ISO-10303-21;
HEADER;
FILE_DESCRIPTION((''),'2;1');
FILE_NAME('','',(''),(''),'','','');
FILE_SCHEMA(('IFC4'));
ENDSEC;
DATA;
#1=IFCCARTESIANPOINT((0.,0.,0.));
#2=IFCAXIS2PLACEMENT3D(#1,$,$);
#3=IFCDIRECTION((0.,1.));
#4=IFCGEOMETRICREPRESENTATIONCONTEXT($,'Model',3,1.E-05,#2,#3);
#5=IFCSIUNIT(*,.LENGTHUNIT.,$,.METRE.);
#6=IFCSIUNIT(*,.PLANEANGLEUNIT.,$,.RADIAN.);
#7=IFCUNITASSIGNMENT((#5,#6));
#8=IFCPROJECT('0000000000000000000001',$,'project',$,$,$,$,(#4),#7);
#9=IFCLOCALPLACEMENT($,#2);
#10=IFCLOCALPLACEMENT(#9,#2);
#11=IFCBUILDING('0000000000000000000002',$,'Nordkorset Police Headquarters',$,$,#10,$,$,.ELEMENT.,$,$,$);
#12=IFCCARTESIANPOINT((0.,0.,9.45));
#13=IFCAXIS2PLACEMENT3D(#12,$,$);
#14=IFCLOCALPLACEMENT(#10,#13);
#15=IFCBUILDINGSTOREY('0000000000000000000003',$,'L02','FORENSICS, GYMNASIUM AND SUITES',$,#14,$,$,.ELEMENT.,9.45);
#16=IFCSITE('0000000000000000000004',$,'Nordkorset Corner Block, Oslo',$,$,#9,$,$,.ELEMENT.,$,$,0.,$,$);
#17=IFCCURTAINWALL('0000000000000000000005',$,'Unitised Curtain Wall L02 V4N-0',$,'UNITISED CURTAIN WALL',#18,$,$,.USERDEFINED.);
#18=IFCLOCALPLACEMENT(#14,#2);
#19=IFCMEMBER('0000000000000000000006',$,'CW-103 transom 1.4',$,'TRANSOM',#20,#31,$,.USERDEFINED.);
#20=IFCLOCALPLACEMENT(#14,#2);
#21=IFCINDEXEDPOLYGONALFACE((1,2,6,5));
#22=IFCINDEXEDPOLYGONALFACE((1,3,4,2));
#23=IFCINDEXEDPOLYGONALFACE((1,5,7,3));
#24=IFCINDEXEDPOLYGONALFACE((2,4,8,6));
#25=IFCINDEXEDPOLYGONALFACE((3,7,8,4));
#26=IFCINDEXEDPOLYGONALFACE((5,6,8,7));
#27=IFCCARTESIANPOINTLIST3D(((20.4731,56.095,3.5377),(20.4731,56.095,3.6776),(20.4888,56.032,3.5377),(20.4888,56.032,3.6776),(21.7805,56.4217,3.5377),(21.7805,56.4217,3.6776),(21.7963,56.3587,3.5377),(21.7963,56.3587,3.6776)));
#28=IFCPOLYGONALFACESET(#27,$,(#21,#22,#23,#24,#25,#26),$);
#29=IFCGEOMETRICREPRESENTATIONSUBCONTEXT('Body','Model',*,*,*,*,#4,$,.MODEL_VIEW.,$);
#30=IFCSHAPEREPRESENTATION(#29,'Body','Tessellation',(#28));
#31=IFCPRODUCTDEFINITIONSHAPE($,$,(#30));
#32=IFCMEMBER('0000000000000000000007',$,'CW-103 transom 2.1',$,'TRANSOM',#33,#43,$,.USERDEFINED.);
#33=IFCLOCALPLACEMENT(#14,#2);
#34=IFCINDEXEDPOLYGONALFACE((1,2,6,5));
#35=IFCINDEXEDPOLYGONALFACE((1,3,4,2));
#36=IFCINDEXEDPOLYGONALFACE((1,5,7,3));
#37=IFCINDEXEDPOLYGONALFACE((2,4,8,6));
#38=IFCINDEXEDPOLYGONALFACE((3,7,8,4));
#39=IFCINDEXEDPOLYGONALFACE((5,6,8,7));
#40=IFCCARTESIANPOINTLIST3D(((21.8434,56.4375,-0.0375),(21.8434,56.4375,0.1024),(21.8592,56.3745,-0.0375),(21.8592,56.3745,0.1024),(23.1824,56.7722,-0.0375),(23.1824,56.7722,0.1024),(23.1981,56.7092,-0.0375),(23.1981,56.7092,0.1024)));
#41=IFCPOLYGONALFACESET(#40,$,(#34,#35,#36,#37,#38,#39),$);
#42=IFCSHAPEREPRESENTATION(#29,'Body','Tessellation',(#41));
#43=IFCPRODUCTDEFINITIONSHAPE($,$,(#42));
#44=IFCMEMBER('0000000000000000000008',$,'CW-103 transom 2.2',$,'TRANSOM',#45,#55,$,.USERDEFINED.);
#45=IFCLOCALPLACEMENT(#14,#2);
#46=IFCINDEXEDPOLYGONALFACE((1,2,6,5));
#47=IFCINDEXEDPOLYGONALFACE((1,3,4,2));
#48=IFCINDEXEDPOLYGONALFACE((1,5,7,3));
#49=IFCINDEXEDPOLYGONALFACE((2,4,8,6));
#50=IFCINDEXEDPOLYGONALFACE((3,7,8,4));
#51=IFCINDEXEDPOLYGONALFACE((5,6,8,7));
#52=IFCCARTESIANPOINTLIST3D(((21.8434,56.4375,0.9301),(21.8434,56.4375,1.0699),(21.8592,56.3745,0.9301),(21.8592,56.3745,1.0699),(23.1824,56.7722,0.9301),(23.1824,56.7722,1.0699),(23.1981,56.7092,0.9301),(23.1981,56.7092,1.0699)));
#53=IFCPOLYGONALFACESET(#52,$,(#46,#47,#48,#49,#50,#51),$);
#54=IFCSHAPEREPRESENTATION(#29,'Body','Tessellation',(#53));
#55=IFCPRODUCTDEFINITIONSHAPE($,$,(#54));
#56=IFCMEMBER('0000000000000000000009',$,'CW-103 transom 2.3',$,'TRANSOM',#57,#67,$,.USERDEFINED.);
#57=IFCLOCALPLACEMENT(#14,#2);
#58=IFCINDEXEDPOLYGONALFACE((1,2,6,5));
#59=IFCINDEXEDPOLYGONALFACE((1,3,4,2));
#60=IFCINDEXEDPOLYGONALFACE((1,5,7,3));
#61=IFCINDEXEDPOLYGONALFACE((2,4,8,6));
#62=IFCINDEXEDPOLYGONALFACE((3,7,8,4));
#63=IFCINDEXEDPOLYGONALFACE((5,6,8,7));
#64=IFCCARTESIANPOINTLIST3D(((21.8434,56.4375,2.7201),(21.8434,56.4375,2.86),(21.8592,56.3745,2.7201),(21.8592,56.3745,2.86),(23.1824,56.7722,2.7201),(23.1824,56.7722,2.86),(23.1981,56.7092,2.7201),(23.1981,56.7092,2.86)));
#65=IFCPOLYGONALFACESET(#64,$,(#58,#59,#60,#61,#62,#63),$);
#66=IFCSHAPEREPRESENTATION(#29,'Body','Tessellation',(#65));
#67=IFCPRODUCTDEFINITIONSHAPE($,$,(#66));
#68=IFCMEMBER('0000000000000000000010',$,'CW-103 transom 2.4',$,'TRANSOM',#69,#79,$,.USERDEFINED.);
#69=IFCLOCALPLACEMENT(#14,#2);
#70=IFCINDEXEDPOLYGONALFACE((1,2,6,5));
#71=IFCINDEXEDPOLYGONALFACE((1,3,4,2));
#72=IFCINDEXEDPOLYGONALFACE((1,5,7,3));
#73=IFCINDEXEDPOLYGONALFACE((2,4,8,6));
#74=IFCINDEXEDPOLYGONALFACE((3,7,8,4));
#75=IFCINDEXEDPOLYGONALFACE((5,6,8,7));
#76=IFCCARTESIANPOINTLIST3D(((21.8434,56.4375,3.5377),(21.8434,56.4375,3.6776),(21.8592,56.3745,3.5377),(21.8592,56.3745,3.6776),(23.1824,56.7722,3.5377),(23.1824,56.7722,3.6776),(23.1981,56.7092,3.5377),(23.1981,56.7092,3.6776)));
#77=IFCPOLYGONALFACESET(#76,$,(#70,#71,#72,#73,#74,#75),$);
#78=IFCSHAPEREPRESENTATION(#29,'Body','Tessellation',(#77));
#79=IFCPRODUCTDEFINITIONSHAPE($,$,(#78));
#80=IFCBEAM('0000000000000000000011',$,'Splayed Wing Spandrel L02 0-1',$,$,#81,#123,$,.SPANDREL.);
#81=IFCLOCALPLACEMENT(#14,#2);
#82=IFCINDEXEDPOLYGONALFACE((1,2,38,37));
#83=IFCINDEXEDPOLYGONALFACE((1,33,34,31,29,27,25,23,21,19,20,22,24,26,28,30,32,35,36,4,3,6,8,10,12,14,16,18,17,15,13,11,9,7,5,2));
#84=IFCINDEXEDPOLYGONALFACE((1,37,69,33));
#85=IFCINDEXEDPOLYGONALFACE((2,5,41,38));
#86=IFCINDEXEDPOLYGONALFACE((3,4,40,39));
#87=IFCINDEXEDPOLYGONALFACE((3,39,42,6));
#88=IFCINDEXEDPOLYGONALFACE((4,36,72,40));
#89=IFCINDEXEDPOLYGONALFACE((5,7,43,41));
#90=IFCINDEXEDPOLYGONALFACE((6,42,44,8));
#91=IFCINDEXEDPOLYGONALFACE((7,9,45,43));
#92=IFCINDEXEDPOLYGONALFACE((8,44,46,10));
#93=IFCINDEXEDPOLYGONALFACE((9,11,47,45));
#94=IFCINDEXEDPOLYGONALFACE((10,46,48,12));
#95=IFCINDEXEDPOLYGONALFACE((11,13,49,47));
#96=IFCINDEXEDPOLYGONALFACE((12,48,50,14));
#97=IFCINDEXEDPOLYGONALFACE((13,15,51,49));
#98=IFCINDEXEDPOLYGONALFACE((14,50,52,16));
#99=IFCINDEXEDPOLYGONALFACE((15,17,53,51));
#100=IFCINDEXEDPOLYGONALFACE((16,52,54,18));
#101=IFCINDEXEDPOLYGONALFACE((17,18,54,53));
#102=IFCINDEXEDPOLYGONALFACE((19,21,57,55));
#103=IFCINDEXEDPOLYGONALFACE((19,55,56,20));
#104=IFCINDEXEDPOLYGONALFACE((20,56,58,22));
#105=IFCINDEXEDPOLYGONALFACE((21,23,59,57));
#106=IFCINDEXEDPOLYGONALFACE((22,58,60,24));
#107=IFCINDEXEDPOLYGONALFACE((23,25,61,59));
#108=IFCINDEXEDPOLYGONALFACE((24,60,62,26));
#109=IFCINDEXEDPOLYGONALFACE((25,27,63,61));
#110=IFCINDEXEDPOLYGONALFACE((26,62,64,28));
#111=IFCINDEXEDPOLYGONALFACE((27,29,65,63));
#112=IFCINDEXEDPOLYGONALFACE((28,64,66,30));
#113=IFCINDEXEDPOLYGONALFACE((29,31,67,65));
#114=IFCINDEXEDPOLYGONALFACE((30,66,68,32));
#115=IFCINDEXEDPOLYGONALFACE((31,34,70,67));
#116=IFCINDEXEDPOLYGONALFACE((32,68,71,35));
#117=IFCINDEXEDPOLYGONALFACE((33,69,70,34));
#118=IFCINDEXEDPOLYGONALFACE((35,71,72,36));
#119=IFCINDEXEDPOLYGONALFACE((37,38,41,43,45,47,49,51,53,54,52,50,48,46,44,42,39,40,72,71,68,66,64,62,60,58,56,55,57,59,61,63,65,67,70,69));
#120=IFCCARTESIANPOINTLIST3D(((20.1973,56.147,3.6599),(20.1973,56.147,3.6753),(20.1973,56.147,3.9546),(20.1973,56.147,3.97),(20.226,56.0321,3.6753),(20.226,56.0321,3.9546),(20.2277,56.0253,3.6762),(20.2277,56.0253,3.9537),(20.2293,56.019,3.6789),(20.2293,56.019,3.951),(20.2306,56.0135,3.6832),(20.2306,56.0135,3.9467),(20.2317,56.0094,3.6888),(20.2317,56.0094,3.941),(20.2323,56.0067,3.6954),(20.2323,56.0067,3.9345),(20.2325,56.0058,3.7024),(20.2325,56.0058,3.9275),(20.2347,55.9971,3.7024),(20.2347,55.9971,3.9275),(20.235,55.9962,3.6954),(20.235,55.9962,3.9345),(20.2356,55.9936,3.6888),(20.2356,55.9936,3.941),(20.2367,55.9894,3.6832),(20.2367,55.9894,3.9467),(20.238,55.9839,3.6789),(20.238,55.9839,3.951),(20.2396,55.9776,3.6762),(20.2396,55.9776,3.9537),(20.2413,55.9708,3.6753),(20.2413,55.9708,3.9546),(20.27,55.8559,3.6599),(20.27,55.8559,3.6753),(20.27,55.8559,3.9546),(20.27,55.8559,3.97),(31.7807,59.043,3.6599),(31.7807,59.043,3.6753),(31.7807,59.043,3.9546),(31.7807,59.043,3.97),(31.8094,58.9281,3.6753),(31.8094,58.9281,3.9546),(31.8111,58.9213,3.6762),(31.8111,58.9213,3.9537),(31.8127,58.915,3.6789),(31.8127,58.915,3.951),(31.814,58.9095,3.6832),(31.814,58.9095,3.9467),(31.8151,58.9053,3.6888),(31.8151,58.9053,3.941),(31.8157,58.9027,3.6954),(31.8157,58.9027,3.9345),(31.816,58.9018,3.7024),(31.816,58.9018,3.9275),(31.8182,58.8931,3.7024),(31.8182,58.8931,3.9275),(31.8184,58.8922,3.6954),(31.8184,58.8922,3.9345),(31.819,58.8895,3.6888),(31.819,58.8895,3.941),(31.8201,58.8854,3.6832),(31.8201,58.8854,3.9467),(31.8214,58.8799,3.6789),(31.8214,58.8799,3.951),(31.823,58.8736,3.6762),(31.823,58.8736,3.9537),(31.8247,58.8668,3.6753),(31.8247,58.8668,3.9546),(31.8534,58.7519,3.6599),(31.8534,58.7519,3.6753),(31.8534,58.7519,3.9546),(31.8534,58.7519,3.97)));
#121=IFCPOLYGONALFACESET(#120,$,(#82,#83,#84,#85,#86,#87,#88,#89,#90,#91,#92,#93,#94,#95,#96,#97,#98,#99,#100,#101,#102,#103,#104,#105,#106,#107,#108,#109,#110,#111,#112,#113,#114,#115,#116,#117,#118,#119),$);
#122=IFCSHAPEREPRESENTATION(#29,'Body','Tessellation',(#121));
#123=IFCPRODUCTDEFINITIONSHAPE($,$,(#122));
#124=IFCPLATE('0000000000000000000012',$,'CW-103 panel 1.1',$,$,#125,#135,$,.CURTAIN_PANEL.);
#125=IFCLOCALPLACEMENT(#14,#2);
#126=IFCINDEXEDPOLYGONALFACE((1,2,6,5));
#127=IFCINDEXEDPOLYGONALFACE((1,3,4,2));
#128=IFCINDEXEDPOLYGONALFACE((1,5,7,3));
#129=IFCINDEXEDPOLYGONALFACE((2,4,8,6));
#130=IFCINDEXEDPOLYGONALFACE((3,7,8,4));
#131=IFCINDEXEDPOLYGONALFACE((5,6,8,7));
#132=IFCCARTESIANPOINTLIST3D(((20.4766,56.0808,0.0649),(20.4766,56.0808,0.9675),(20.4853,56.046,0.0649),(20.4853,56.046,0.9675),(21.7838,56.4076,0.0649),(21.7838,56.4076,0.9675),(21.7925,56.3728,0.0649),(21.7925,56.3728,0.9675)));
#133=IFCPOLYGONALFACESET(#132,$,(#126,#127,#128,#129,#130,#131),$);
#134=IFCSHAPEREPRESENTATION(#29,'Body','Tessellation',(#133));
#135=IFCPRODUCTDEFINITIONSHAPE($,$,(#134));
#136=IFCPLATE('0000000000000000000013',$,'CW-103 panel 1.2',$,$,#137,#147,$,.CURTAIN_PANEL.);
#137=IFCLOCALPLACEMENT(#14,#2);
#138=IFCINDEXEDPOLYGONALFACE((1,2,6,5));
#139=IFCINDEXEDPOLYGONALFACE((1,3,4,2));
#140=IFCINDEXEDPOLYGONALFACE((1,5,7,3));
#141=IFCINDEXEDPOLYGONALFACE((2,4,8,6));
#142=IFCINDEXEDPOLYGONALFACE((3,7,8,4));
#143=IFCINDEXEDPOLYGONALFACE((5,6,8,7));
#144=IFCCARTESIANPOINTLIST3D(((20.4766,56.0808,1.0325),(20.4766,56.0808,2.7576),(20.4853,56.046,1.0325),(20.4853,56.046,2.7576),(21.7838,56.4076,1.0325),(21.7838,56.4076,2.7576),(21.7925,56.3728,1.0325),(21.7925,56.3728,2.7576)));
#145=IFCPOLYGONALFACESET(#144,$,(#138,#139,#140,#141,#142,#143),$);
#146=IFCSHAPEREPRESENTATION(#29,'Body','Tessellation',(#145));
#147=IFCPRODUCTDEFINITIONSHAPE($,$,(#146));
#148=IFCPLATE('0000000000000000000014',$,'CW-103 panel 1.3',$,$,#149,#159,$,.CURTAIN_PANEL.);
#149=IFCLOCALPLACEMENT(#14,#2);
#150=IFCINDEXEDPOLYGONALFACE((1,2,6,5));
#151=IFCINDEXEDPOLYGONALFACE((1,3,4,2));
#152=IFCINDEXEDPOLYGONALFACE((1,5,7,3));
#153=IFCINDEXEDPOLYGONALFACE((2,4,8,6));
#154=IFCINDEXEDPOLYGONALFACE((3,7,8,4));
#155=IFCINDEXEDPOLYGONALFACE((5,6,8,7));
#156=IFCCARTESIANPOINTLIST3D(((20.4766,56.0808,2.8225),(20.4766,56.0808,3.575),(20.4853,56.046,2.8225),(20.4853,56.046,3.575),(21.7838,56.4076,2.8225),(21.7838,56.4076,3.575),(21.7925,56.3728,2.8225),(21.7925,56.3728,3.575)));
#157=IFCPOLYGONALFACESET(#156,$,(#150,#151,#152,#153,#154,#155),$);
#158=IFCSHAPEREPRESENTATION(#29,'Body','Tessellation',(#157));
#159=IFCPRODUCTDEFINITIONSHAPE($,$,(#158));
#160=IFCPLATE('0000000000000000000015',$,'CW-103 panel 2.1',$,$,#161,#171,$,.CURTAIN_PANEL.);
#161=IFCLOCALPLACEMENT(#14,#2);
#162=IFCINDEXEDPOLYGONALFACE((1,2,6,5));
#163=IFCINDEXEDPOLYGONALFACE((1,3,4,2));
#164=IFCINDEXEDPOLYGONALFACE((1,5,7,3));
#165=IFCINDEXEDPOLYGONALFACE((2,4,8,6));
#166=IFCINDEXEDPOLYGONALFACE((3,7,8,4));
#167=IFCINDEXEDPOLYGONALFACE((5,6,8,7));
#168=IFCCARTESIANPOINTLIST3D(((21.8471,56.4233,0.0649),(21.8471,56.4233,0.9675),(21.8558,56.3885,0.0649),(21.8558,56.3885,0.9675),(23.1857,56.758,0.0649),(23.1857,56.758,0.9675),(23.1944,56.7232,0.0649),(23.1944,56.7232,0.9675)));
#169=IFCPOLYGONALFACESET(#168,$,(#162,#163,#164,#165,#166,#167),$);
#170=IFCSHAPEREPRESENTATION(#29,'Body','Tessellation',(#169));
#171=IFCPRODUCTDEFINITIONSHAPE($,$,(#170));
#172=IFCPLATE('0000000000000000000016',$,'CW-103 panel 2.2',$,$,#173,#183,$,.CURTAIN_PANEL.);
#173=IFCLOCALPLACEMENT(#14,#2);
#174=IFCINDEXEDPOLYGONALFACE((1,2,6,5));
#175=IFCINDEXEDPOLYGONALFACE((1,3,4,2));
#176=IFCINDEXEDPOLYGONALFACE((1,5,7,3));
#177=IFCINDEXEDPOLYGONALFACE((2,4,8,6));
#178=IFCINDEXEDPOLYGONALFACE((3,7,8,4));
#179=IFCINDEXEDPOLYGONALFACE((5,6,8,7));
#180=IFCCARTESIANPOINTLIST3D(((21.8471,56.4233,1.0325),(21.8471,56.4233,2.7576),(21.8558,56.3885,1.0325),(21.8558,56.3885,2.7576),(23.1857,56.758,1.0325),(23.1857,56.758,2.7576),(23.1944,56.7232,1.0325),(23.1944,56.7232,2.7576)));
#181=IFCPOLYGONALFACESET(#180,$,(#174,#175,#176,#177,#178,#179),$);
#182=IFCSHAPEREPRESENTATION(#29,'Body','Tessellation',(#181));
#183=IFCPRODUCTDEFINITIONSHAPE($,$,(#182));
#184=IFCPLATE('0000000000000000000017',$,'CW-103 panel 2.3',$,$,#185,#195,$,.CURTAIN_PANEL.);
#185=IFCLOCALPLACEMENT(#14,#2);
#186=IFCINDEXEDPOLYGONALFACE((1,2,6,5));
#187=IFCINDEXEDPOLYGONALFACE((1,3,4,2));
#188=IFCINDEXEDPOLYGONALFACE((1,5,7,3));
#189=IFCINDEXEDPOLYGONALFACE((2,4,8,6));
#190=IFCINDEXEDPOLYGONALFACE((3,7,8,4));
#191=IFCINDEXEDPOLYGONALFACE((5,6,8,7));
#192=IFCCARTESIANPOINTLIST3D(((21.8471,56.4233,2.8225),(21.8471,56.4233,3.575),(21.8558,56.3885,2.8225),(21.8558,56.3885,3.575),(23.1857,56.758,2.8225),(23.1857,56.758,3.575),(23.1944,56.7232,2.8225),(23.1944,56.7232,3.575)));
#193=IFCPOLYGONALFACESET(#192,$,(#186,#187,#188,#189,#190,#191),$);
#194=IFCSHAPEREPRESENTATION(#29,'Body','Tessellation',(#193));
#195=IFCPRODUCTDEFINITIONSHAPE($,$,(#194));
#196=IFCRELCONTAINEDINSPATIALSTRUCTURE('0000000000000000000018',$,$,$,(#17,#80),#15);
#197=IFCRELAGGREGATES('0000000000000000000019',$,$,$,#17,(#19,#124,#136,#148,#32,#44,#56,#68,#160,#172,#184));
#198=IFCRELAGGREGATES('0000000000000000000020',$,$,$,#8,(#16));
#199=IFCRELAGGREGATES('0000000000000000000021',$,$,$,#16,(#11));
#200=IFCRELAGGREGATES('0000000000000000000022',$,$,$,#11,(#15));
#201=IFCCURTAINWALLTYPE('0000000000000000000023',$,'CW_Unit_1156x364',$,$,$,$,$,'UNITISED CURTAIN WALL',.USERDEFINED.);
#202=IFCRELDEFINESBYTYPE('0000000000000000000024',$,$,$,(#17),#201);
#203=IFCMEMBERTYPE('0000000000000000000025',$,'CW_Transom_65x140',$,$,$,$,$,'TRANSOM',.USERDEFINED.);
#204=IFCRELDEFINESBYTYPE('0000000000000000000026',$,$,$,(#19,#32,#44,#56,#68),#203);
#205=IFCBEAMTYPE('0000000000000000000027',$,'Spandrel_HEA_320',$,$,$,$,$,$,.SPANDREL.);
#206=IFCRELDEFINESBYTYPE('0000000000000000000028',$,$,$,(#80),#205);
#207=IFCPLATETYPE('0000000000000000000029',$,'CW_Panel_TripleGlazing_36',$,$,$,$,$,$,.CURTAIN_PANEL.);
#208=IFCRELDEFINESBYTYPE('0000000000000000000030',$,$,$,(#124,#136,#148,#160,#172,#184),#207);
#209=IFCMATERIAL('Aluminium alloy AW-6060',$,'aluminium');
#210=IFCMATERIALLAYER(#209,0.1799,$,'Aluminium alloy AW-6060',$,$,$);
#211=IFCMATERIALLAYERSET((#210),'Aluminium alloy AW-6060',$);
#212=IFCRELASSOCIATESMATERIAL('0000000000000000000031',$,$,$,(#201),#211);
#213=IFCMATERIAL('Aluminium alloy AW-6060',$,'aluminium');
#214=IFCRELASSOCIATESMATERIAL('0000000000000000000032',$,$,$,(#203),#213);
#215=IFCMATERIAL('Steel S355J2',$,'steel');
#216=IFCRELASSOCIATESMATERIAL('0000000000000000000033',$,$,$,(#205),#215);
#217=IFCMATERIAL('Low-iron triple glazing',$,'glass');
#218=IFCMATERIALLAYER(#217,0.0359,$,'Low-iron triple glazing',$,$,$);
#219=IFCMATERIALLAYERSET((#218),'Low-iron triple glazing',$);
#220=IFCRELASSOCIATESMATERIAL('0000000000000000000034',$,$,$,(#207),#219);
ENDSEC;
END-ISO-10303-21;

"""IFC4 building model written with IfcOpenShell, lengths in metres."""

from ifc_helpers import new_model, si_unit, direction, frame, origin, origin_2d, place, context, subcontext, project, spatial, rectangle, i_section, extrude, material, layer, layer_set, material_profile, profile_set, type_object, element, aggregate, save


model = new_model("IFC4")

# Units and contexts
model_context = context("Model", 3, precision=1e-05, world=origin(), true_north=direction((0.0, 1.0)))
body_context = subcontext(model_context, "Body", "Model", "MODEL_VIEW")
ifc_project = project(units=[si_unit("LENGTHUNIT", "METRE"), si_unit("PLANEANGLEUNIT", "RADIAN")], contexts=[model_context])

# Site, building, storey
site_placement = place(None, origin())
site = spatial("IfcSite", under=ifc_project, at=site_placement, Name="Nordkorset Corner Block, Oslo", CompositionType="ELEMENT", RefElevation=0.0)
building_placement = place(site_placement, origin())
building = spatial("IfcBuilding", under=site, at=building_placement, Name="Nordkorset Police Headquarters", CompositionType="ELEMENT")
storey_placement = place(building_placement, frame((0.0, 0.0, 9.45)))
storey = spatial("IfcBuildingStorey", under=building, at=storey_placement, Name="L02", Description="FORENSICS, GYMNASIUM AND SUITES", CompositionType="ELEMENT", Elevation=9.45)

# Curtain wall
ifc_material_1 = material(Name="Aluminium alloy AW-6060", Category="aluminium")
ifc_layer_1 = layer(ifc_material_1, 0.1799, Name="Aluminium alloy AW-6060")
ifc_layer_set_1 = layer_set([ifc_layer_1], Name="Aluminium alloy AW-6060")
curtain_wall_type_1 = type_object("IfcCurtainWallType", Name="CW_Unit_1156x364", ElementType="UNITISED CURTAIN WALL", PredefinedType="USERDEFINED", material=ifc_layer_set_1)
curtain_wall_1_placement = place(storey_placement, origin())
curtain_wall_1 = element("IfcCurtainWall", 1, at=curtain_wall_1_placement, inside=storey, type_object=curtain_wall_type_1, Name="Unitised Curtain Wall L02 V4N-0", ObjectType="UNITISED CURTAIN WALL", PredefinedType="USERDEFINED")

# Members
ifc_material_2 = material(Name="Aluminium alloy AW-6060", Category="aluminium")
ifc_material_profile_1 = material_profile(ifc_material_2, rectangle(XDim=0.0649, YDim=0.1399, at=origin_2d()), Name="ALU TRAN 65x140")
ifc_profile_set_1 = profile_set([ifc_material_profile_1], Name="Aluminium alloy AW-6060")
member_type_1 = type_object("IfcMemberType", Name="CW_Transom_65x140", ElementType="TRANSOM", PredefinedType="USERDEFINED", material=ifc_profile_set_1)
member_1_placement = place(storey_placement, frame((20.481, 56.0635, 3.6077), z_axis=(0.970174, 0.242408, 0.0), x_axis=(-0.242408, 0.970174, 0.0)))
member_1 = element("IfcMember", 2, at=member_1_placement, type_object=member_type_1, Name="CW-103 transom 1.4", ObjectType="TRANSOM", PredefinedType="USERDEFINED", context=body_context, shape_type="SweptSolid", body=[
    extrude(rectangle(XDim=0.0649, YDim=0.1399, at=origin_2d()), origin(), (0.0, 0.0, 1.0), 1.3477),
])
member_2_placement = place(storey_placement, frame((21.8513, 56.406, 0.0325), z_axis=(0.970143, 0.242536, 0.0), x_axis=(-0.242536, 0.970143, 0.0)))
member_2 = element("IfcMember", 3, at=member_2_placement, type_object=member_type_1, Name="CW-103 transom 2.1", ObjectType="TRANSOM", PredefinedType="USERDEFINED", context=body_context, shape_type="SweptSolid", body=[
    extrude(rectangle(XDim=0.0649, YDim=0.1399, at=origin_2d()), origin(), (0.0, 0.0, 1.0), 1.3801),
])
member_3_placement = place(storey_placement, frame((21.8513, 56.406, 1.0), z_axis=(0.970143, 0.242536, 0.0), x_axis=(-0.242536, 0.970143, 0.0)))
member_3 = element("IfcMember", 4, at=member_3_placement, type_object=member_type_1, Name="CW-103 transom 2.2", ObjectType="TRANSOM", PredefinedType="USERDEFINED", context=body_context, shape_type="SweptSolid", body=[
    extrude(rectangle(XDim=0.0649, YDim=0.1399, at=origin_2d()), origin(), (0.0, 0.0, 1.0), 1.3801),
])
member_4_placement = place(storey_placement, frame((21.8513, 56.406, 2.79), z_axis=(0.970143, 0.242536, 0.0), x_axis=(-0.242536, 0.970143, 0.0)))
member_4 = element("IfcMember", 5, at=member_4_placement, type_object=member_type_1, Name="CW-103 transom 2.3", ObjectType="TRANSOM", PredefinedType="USERDEFINED", context=body_context, shape_type="SweptSolid", body=[
    extrude(rectangle(XDim=0.0649, YDim=0.1399, at=origin_2d()), origin(), (0.0, 0.0, 1.0), 1.3801),
])
member_5_placement = place(storey_placement, frame((21.8513, 56.406, 3.6077), z_axis=(0.970143, 0.242536, 0.0), x_axis=(-0.242536, 0.970143, 0.0)))
member_5 = element("IfcMember", 6, at=member_5_placement, type_object=member_type_1, Name="CW-103 transom 2.4", ObjectType="TRANSOM", PredefinedType="USERDEFINED", context=body_context, shape_type="SweptSolid", body=[
    extrude(rectangle(XDim=0.0649, YDim=0.1399, at=origin_2d()), origin(), (0.0, 0.0, 1.0), 1.3801),
])

# Beam
ifc_material_3 = material(Name="Steel S355J2", Category="steel")
ifc_material_profile_2 = material_profile(ifc_material_3, i_section(OverallWidth=0.3, OverallDepth=0.3101, WebThickness=0.009, FlangeThickness=0.0154, FilletRadius=0.0271, at=origin_2d()), Name="HEA 320")
ifc_profile_set_2 = profile_set([ifc_material_profile_2], Name="Steel S355J2")
beam_type = type_object("IfcBeamType", Name="Spandrel_HEA_320", PredefinedType="SPANDREL", material=ifc_profile_set_2)
beam_placement = place(storey_placement, frame((20.2336, 56.0015, 3.8149), z_axis=(0.97014, 0.242545, 0.0), x_axis=(-0.242545, 0.97014, 0.0)))
element("IfcBeam", 7, at=beam_placement, inside=storey, type_object=beam_type, Name="Splayed Wing Spandrel L02 0-1", PredefinedType="SPANDREL", context=body_context, shape_type="SweptSolid", body=[
    extrude(i_section(OverallWidth=0.3, OverallDepth=0.3101, WebThickness=0.009, FlangeThickness=0.0154, FilletRadius=0.0271, at=origin_2d()), origin(), (0.0, 0.0, 1.0), 11.9399),
])

# Plates
ifc_material_4 = material(Name="Low-iron triple glazing", Category="glass")
ifc_layer_2 = layer(ifc_material_4, 0.0359, Name="Low-iron triple glazing")
ifc_layer_set_2 = layer_set([ifc_layer_2], Name="Low-iron triple glazing")
plate_type = type_object("IfcPlateType", Name="CW_Panel_TripleGlazing_36", PredefinedType="CURTAIN_PANEL", material=ifc_layer_set_2)
plate_1_placement = place(storey_placement, frame((21.1345, 56.2268, 0.0649), z_axis=(0.0, 0.0, 1.0), x_axis=(0.970142, 0.242536, 0.0)))
plate_1 = element("IfcPlate", 8, at=plate_1_placement, type_object=plate_type, Name="CW-103 panel 1.1", PredefinedType="CURTAIN_PANEL", context=body_context, shape_type="SweptSolid", body=[
    extrude(rectangle(XDim=1.3474, YDim=0.0359, at=origin_2d()), origin(), (0.0, 0.0, 1.0), 0.9026),
])
plate_2_placement = place(storey_placement, frame((21.1345, 56.2268, 1.0325), z_axis=(0.0, 0.0, 1.0), x_axis=(0.970142, 0.242536, 0.0)))
plate_2 = element("IfcPlate", 9, at=plate_2_placement, type_object=plate_type, Name="CW-103 panel 1.2", PredefinedType="CURTAIN_PANEL", context=body_context, shape_type="SweptSolid", body=[
    extrude(rectangle(XDim=1.3474, YDim=0.0359, at=origin_2d()), origin(), (0.0, 0.0, 1.0), 1.7251),
])
plate_3_placement = place(storey_placement, frame((21.1345, 56.2268, 2.8225), z_axis=(0.0, 0.0, 1.0), x_axis=(0.970142, 0.242536, 0.0)))
plate_3 = element("IfcPlate", 10, at=plate_3_placement, type_object=plate_type, Name="CW-103 panel 1.3", PredefinedType="CURTAIN_PANEL", context=body_context, shape_type="SweptSolid", body=[
    extrude(rectangle(XDim=1.3474, YDim=0.0359, at=origin_2d()), origin(), (0.0, 0.0, 1.0), 0.7524),
])
plate_4_placement = place(storey_placement, frame((22.5208, 56.5732, 0.0649), z_axis=(0.0, 0.0, 1.0), x_axis=(0.970142, 0.242536, 0.0)))
plate_4 = element("IfcPlate", 11, at=plate_4_placement, type_object=plate_type, Name="CW-103 panel 2.1", PredefinedType="CURTAIN_PANEL", context=body_context, shape_type="SweptSolid", body=[
    extrude(rectangle(XDim=1.3799, YDim=0.0359, at=origin_2d()), origin(), (0.0, 0.0, 1.0), 0.9026),
])
plate_5_placement = place(storey_placement, frame((22.5208, 56.5732, 1.0325), z_axis=(0.0, 0.0, 1.0), x_axis=(0.970142, 0.242536, 0.0)))
plate_5 = element("IfcPlate", 12, at=plate_5_placement, type_object=plate_type, Name="CW-103 panel 2.2", PredefinedType="CURTAIN_PANEL", context=body_context, shape_type="SweptSolid", body=[
    extrude(rectangle(XDim=1.3799, YDim=0.0359, at=origin_2d()), origin(), (0.0, 0.0, 1.0), 1.7251),
])
plate_6_placement = place(storey_placement, frame((22.5208, 56.5732, 2.8225), z_axis=(0.0, 0.0, 1.0), x_axis=(0.970142, 0.242536, 0.0)))
plate_6 = element("IfcPlate", 13, at=plate_6_placement, type_object=plate_type, Name="CW-103 panel 2.3", PredefinedType="CURTAIN_PANEL", context=body_context, shape_type="SweptSolid", body=[
    extrude(rectangle(XDim=1.3799, YDim=0.0359, at=origin_2d()), origin(), (0.0, 0.0, 1.0), 0.7524),
])
aggregate(curtain_wall_1, [member_1, plate_1, plate_2, plate_3, member_2, member_3, member_4, member_5, plate_4, plate_5, plate_6])

save(model, "model.ifc")
